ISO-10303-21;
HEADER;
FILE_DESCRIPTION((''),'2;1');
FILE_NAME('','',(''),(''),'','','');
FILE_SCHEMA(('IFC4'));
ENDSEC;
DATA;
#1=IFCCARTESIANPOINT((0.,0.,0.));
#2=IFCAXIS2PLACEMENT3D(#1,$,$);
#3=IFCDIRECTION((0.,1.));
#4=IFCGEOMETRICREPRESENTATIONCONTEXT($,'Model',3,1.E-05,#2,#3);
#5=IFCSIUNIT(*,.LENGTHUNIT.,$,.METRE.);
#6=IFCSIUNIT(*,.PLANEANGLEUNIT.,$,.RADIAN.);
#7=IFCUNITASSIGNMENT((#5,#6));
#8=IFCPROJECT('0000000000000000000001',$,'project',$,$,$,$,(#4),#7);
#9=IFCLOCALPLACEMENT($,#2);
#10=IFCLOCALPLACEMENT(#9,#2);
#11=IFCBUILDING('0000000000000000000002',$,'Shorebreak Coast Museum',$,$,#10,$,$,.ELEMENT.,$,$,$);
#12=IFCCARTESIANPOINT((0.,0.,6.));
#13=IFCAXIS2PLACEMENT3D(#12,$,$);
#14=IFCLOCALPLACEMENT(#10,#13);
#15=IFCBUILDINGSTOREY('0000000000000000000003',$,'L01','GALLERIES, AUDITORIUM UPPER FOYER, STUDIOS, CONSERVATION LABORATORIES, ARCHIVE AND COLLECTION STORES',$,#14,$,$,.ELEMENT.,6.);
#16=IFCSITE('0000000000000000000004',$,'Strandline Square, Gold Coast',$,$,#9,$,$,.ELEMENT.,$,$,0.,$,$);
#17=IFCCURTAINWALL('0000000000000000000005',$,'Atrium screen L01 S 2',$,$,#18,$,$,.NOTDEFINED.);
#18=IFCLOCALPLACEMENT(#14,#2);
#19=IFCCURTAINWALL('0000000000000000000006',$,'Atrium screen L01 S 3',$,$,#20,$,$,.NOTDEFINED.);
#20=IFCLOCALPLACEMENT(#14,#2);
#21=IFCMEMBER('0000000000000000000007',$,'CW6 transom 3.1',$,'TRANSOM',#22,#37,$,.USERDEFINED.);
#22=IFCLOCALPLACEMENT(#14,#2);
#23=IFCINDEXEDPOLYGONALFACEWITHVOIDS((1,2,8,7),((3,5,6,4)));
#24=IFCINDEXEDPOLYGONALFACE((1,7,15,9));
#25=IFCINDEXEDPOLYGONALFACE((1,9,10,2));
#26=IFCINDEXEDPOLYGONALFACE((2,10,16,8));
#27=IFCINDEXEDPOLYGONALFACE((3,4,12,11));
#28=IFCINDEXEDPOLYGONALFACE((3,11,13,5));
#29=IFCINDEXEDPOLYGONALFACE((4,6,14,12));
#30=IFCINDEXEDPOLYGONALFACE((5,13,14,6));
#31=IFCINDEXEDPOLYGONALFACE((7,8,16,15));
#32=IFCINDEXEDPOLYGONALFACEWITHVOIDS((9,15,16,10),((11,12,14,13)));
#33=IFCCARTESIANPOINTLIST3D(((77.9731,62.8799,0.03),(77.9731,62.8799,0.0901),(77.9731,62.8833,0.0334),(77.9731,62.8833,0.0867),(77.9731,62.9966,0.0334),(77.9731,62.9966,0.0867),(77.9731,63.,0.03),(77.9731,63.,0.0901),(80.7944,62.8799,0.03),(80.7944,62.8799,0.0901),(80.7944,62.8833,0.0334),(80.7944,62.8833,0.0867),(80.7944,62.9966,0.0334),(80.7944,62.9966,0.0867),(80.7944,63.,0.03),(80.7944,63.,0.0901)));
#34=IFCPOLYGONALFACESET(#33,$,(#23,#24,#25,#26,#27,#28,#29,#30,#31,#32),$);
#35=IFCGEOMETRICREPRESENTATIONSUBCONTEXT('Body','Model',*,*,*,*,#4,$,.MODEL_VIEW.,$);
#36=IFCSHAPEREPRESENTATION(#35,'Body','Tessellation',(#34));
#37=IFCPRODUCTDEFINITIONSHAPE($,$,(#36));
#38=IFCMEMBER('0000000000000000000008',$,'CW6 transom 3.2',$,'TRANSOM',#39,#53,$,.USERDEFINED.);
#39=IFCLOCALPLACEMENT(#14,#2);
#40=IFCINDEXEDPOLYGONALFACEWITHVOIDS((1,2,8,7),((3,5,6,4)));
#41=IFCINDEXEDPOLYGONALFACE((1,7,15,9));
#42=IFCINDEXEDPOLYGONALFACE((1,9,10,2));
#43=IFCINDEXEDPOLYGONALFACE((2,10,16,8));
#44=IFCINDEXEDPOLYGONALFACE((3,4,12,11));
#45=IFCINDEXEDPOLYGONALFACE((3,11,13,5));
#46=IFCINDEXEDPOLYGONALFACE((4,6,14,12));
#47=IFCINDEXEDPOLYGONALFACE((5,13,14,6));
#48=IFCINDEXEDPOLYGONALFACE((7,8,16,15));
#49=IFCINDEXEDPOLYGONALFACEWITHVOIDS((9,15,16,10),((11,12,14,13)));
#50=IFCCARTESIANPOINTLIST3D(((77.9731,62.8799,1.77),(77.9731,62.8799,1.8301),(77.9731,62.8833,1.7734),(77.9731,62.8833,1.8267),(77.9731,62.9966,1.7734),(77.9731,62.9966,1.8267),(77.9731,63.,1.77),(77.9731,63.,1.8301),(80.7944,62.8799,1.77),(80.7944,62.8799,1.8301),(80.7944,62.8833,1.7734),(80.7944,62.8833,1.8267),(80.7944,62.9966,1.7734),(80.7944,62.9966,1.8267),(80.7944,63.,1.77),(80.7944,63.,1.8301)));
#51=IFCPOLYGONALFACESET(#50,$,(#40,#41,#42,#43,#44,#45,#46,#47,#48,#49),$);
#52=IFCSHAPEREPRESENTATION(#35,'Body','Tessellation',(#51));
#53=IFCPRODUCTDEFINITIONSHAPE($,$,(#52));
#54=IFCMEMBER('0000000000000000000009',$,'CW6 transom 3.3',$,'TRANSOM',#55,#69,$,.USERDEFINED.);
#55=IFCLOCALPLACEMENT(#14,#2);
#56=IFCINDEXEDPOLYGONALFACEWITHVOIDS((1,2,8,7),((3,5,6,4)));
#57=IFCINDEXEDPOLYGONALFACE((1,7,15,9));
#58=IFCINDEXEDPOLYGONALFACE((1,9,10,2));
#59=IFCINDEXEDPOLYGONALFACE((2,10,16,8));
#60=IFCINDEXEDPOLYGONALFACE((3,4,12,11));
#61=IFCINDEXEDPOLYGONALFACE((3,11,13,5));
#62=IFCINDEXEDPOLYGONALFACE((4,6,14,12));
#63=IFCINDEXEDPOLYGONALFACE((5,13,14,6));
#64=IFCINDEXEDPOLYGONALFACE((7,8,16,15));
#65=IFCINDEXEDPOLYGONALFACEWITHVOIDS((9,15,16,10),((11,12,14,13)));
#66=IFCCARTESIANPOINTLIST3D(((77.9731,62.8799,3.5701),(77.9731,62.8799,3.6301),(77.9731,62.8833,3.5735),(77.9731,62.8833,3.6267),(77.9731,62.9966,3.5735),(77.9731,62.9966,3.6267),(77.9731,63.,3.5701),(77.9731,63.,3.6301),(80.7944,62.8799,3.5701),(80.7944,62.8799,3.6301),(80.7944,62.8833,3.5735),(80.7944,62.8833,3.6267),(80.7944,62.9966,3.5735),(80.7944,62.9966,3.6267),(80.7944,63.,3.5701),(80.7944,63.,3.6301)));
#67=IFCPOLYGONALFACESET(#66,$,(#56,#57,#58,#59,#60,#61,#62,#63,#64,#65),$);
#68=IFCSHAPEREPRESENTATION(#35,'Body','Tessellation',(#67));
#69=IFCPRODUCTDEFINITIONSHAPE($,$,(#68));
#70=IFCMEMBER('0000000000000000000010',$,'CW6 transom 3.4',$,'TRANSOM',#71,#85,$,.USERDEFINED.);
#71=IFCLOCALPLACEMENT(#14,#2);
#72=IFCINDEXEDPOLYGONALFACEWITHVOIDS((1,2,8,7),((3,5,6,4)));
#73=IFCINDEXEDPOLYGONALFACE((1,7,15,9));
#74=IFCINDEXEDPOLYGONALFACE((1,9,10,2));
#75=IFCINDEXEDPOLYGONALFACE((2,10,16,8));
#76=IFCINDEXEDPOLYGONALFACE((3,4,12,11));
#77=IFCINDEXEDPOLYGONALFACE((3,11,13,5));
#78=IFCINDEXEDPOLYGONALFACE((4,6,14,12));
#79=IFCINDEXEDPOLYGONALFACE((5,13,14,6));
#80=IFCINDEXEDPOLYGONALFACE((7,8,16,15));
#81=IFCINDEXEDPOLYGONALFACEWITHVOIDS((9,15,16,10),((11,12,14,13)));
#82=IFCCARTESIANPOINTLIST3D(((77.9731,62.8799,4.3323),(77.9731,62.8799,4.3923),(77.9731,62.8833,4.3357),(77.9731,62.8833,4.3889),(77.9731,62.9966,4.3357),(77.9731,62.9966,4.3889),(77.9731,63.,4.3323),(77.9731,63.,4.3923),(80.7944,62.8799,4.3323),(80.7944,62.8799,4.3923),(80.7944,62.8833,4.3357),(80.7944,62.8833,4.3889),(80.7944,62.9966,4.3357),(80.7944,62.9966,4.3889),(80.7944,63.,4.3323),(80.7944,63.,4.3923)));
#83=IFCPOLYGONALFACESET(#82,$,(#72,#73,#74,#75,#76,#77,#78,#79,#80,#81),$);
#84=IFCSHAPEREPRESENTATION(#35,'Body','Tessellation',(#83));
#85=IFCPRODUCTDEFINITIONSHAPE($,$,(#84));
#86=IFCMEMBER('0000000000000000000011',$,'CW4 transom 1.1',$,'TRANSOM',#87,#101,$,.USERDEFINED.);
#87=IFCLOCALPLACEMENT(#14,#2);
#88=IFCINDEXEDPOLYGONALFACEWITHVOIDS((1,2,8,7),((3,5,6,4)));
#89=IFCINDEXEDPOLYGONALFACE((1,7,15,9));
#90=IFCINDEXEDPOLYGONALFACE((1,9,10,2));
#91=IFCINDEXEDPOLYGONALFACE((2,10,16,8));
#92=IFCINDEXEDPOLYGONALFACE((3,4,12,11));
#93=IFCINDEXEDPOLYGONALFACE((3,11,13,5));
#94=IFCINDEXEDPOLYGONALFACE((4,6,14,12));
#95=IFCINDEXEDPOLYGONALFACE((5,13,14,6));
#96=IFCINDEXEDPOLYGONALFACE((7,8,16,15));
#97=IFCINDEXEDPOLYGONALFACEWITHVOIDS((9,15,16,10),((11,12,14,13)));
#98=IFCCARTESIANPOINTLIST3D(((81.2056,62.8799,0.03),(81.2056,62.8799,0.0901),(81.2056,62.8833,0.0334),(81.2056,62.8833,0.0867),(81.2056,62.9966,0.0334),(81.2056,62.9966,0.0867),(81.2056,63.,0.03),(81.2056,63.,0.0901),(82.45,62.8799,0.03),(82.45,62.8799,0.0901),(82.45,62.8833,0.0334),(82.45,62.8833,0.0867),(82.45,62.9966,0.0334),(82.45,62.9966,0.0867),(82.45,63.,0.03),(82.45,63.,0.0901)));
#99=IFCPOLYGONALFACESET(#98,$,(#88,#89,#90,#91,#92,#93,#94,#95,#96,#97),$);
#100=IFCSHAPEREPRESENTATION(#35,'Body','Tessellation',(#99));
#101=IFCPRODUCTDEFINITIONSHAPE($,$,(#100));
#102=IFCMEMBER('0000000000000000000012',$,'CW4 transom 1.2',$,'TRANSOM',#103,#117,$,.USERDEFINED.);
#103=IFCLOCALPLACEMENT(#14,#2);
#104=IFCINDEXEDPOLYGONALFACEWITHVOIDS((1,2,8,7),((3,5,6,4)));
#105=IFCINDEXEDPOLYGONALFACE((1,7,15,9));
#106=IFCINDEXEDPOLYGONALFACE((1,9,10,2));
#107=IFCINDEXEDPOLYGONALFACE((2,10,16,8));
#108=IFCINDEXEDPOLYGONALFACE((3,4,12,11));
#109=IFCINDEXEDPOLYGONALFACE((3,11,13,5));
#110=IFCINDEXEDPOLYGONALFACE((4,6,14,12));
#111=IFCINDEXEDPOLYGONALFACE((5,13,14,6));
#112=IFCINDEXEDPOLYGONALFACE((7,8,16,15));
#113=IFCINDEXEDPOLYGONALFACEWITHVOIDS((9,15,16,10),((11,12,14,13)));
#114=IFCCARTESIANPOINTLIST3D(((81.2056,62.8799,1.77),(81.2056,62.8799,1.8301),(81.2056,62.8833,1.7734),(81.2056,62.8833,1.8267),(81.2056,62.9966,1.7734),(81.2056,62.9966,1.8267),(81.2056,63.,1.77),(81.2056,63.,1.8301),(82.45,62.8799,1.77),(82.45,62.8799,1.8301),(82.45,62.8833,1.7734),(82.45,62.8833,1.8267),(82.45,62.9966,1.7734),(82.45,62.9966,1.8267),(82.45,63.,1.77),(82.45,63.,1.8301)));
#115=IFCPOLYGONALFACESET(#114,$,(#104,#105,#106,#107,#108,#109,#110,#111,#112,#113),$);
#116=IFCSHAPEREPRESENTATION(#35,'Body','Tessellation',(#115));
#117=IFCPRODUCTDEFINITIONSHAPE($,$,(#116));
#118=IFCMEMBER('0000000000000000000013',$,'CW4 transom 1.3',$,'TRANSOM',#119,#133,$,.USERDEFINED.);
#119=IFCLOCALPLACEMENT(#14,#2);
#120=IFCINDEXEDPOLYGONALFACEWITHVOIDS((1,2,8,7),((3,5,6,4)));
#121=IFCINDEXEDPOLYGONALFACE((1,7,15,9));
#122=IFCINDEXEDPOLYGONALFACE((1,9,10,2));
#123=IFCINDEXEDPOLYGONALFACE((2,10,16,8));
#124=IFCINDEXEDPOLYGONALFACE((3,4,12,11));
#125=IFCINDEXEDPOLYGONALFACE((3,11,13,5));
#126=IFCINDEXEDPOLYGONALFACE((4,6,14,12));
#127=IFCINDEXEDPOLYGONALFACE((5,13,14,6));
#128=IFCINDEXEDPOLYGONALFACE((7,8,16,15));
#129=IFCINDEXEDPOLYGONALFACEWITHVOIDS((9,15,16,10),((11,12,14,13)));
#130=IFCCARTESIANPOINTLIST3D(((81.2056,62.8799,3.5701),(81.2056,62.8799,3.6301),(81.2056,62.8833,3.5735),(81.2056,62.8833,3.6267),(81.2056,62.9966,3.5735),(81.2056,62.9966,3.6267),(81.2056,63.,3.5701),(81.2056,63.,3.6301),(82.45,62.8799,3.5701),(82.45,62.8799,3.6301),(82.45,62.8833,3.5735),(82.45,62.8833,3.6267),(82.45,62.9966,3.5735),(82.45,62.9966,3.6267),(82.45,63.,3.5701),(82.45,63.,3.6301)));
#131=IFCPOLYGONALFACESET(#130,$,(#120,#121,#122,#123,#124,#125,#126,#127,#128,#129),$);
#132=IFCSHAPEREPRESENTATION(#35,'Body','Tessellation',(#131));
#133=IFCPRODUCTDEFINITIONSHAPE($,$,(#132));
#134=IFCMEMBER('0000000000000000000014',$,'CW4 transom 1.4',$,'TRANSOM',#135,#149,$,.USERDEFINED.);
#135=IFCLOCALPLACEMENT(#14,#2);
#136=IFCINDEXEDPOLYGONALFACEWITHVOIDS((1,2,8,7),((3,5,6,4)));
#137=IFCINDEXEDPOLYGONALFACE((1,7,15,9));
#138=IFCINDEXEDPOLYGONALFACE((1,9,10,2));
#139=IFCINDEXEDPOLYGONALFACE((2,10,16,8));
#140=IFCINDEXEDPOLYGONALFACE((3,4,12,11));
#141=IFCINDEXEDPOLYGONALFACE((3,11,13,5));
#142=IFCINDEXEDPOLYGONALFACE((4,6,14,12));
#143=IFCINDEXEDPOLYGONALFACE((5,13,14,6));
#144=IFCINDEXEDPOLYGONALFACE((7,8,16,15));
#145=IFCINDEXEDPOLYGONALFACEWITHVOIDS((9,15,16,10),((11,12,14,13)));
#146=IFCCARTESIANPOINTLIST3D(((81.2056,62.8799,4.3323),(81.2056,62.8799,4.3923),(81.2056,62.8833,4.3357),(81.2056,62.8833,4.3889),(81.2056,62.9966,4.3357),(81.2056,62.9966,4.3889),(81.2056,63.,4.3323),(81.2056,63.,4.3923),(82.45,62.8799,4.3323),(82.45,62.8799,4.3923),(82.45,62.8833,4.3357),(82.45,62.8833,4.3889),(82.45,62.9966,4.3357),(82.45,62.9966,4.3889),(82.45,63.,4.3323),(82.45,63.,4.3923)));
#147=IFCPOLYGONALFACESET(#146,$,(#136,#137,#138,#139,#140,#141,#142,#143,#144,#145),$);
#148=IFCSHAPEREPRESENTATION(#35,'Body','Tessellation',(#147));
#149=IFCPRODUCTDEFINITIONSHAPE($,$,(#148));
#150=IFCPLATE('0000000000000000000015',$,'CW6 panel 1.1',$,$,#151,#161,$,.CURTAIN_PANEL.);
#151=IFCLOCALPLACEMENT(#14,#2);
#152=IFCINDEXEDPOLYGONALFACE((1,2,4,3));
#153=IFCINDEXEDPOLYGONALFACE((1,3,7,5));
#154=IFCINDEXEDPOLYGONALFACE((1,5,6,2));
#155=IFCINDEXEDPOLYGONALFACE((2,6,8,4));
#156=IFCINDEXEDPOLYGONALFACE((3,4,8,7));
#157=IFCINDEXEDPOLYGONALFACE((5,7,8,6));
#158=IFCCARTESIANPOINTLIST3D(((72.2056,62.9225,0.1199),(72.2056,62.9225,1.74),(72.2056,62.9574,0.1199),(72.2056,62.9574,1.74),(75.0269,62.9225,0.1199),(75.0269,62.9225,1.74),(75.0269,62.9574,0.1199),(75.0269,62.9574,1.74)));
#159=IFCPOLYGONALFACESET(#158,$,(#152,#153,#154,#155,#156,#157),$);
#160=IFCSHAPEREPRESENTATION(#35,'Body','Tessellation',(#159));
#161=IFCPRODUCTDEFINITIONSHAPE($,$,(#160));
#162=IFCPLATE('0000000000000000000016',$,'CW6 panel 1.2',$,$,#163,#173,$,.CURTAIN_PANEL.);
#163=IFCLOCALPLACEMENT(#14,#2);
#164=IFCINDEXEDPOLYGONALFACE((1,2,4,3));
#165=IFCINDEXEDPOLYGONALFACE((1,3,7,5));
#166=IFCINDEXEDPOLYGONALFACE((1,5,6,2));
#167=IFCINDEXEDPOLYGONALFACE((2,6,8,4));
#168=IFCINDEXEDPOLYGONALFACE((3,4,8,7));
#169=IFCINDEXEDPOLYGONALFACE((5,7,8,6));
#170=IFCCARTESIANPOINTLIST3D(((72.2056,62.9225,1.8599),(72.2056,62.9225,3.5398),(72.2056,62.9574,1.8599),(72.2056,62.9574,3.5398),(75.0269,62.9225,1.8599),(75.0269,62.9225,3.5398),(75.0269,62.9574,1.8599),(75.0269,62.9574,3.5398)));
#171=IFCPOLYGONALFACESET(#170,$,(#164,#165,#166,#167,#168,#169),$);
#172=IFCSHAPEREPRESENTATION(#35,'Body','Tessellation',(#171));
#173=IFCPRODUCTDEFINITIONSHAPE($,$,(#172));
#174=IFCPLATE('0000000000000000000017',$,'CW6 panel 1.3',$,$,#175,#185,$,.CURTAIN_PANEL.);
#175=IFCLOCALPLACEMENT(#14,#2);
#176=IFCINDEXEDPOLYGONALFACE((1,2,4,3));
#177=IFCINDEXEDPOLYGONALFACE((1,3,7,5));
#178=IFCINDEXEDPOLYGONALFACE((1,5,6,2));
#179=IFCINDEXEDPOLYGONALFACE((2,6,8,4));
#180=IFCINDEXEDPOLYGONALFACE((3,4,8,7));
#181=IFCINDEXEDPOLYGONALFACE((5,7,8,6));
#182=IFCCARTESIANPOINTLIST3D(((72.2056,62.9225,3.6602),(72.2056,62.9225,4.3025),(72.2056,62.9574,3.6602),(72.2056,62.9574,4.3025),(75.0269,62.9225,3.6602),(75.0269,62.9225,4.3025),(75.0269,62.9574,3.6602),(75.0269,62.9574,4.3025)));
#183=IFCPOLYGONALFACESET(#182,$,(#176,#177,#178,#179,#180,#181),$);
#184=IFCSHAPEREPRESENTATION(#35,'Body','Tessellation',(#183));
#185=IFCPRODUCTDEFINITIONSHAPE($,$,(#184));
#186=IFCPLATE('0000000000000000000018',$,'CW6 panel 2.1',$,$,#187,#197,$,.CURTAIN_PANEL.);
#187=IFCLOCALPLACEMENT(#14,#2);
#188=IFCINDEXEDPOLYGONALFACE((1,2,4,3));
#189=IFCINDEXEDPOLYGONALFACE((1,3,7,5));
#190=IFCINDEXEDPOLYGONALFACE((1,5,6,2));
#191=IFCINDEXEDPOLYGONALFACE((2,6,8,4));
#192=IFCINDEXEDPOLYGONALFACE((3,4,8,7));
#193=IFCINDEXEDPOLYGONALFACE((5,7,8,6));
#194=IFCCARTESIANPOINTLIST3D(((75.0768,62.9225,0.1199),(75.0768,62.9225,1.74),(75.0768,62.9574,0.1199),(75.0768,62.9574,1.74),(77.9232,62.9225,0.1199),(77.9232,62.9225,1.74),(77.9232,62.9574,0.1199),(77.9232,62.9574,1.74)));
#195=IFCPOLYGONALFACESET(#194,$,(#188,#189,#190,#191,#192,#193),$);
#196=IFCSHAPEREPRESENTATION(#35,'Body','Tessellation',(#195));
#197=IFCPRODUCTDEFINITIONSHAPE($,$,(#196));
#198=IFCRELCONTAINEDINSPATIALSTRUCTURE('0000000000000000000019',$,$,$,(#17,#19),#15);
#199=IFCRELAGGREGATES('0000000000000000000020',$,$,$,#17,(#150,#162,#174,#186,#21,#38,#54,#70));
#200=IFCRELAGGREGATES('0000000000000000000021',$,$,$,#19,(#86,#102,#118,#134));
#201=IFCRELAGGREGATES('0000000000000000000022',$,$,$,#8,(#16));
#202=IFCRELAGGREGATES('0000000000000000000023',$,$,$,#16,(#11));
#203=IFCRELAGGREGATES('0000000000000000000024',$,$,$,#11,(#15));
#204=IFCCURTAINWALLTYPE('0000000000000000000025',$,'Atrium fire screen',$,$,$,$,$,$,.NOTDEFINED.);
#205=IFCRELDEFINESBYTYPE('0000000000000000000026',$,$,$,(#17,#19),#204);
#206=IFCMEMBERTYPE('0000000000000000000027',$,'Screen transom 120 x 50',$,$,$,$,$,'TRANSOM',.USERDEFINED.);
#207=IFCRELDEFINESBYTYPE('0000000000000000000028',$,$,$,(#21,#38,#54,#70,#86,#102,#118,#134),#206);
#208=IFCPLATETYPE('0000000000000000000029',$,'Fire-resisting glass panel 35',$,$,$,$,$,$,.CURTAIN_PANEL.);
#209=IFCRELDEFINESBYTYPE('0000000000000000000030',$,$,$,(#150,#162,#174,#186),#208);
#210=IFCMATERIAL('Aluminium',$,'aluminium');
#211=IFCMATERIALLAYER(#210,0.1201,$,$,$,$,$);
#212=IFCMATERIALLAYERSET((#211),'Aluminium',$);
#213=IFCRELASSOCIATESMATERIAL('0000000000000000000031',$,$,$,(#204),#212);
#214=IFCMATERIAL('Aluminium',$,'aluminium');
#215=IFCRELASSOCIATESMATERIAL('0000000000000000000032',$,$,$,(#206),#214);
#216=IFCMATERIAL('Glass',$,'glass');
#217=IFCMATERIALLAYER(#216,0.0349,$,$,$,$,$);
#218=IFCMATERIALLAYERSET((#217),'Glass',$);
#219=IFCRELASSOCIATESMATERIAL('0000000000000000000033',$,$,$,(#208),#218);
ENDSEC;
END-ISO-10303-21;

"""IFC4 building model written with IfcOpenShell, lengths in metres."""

from ifc_helpers import new_model, si_unit, direction, frame, origin, origin_2d, place, context, subcontext, project, spatial, rectangle, hollow_rectangle, extrude, material, layer, layer_set, material_profile, profile_set, type_object, element, aggregate, save


model = new_model("IFC4")

# Units and contexts
model_context = context("Model", 3, precision=1e-05, world=origin(), true_north=direction((0.0, 1.0)))
body_context = subcontext(model_context, "Body", "Model", "MODEL_VIEW")
ifc_project = project(units=[si_unit("LENGTHUNIT", "METRE"), si_unit("PLANEANGLEUNIT", "RADIAN")], contexts=[model_context])

# Site, building, storey
site_placement = place(None, origin())
site = spatial("IfcSite", under=ifc_project, at=site_placement, Name="Strandline Square, Gold Coast", CompositionType="ELEMENT", RefElevation=0.0)
building_placement = place(site_placement, origin())
building = spatial("IfcBuilding", under=site, at=building_placement, Name="Shorebreak Coast Museum", CompositionType="ELEMENT")
storey_placement = place(building_placement, frame((0.0, 0.0, 6.0)))
storey = spatial("IfcBuildingStorey", under=building, at=storey_placement, Name="L01", Description="GALLERIES, AUDITORIUM UPPER FOYER, STUDIOS, CONSERVATION LABORATORIES, ARCHIVE AND COLLECTION STORES", CompositionType="ELEMENT", Elevation=6.0)

# Curtain walls
ifc_material_1 = material(Name="Aluminium", Category="aluminium")
ifc_layer_1 = layer(ifc_material_1, 0.1201)
ifc_layer_set_1 = layer_set([ifc_layer_1], Name="Aluminium")
curtain_wall_type = type_object("IfcCurtainWallType", Name="Atrium fire screen", PredefinedType="NOTDEFINED", material=ifc_layer_set_1)
curtain_wall_1_placement = place(storey_placement, origin())
curtain_wall_1 = element("IfcCurtainWall", 1, at=curtain_wall_1_placement, inside=storey, type_object=curtain_wall_type, Name="Atrium screen L01 S 2", PredefinedType="NOTDEFINED")
curtain_wall_2_placement = place(storey_placement, origin())
curtain_wall_2 = element("IfcCurtainWall", 2, at=curtain_wall_2_placement, inside=storey, type_object=curtain_wall_type, Name="Atrium screen L01 S 3", PredefinedType="NOTDEFINED")

# Members
ifc_material_2 = material(Name="Aluminium", Category="aluminium")
ifc_material_profile_1 = material_profile(ifc_material_2, hollow_rectangle(XDim=0.1201, YDim=0.0601, WallThickness=0.0034, at=origin_2d()), Name="AL 60x120 RHS")
ifc_profile_set_1 = profile_set([ifc_material_profile_1], Name="Aluminium")
member_type_1 = type_object("IfcMemberType", Name="Screen transom 120 x 50", ElementType="TRANSOM", PredefinedType="USERDEFINED", material=ifc_profile_set_1)
member_1_placement = place(storey_placement, frame((77.9731, 62.9399, 0.0601), z_axis=(1.0, 0.0, 0.0), x_axis=(0.0, 1.0, 0.0)))
member_1 = element("IfcMember", 3, at=member_1_placement, type_object=member_type_1, Name="CW6 transom 3.1", ObjectType="TRANSOM", PredefinedType="USERDEFINED", context=body_context, shape_type="SweptSolid", body=[
    extrude(hollow_rectangle(XDim=0.1201, YDim=0.0601, WallThickness=0.0034, at=origin_2d()), origin(), (0.0, 0.0, 1.0), 2.8213),
])
member_2_placement = place(storey_placement, frame((77.9731, 62.9399, 1.8), z_axis=(1.0, 0.0, 0.0), x_axis=(0.0, 1.0, 0.0)))
member_2 = element("IfcMember", 4, at=member_2_placement, type_object=member_type_1, Name="CW6 transom 3.2", ObjectType="TRANSOM", PredefinedType="USERDEFINED", context=body_context, shape_type="SweptSolid", body=[
    extrude(hollow_rectangle(XDim=0.1201, YDim=0.0601, WallThickness=0.0034, at=origin_2d()), origin(), (0.0, 0.0, 1.0), 2.8213),
])
member_3_placement = place(storey_placement, frame((77.9731, 62.9399, 3.6001), z_axis=(1.0, 0.0, 0.0), x_axis=(0.0, 1.0, 0.0)))
member_3 = element("IfcMember", 5, at=member_3_placement, type_object=member_type_1, Name="CW6 transom 3.3", ObjectType="TRANSOM", PredefinedType="USERDEFINED", context=body_context, shape_type="SweptSolid", body=[
    extrude(hollow_rectangle(XDim=0.1201, YDim=0.0601, WallThickness=0.0034, at=origin_2d()), origin(), (0.0, 0.0, 1.0), 2.8213),
])
member_4_placement = place(storey_placement, frame((77.9731, 62.9399, 4.3623), z_axis=(1.0, 0.0, 0.0), x_axis=(0.0, 1.0, 0.0)))
member_4 = element("IfcMember", 6, at=member_4_placement, type_object=member_type_1, Name="CW6 transom 3.4", ObjectType="TRANSOM", PredefinedType="USERDEFINED", context=body_context, shape_type="SweptSolid", body=[
    extrude(hollow_rectangle(XDim=0.1201, YDim=0.0601, WallThickness=0.0034, at=origin_2d()), origin(), (0.0, 0.0, 1.0), 2.8213),
])
member_5_placement = place(storey_placement, frame((81.2056, 62.9399, 0.0601), z_axis=(1.0, 0.0, 0.0), x_axis=(0.0, 1.0, 0.0)))
member_5 = element("IfcMember", 7, at=member_5_placement, type_object=member_type_1, Name="CW4 transom 1.1", ObjectType="TRANSOM", PredefinedType="USERDEFINED", context=body_context, shape_type="SweptSolid", body=[
    extrude(hollow_rectangle(XDim=0.1201, YDim=0.0601, WallThickness=0.0034, at=origin_2d()), origin(), (0.0, 0.0, 1.0), 1.2444),
])
member_6_placement = place(storey_placement, frame((81.2056, 62.9399, 1.8), z_axis=(1.0, 0.0, 0.0), x_axis=(0.0, 1.0, 0.0)))
member_6 = element("IfcMember", 8, at=member_6_placement, type_object=member_type_1, Name="CW4 transom 1.2", ObjectType="TRANSOM", PredefinedType="USERDEFINED", context=body_context, shape_type="SweptSolid", body=[
    extrude(hollow_rectangle(XDim=0.1201, YDim=0.0601, WallThickness=0.0034, at=origin_2d()), origin(), (0.0, 0.0, 1.0), 1.2444),
])
member_7_placement = place(storey_placement, frame((81.2056, 62.9399, 3.6001), z_axis=(1.0, 0.0, 0.0), x_axis=(0.0, 1.0, 0.0)))
member_7 = element("IfcMember", 9, at=member_7_placement, type_object=member_type_1, Name="CW4 transom 1.3", ObjectType="TRANSOM", PredefinedType="USERDEFINED", context=body_context, shape_type="SweptSolid", body=[
    extrude(hollow_rectangle(XDim=0.1201, YDim=0.0601, WallThickness=0.0034, at=origin_2d()), origin(), (0.0, 0.0, 1.0), 1.2444),
])
member_8_placement = place(storey_placement, frame((81.2056, 62.9399, 4.3623), z_axis=(1.0, 0.0, 0.0), x_axis=(0.0, 1.0, 0.0)))
member_8 = element("IfcMember", 10, at=member_8_placement, type_object=member_type_1, Name="CW4 transom 1.4", ObjectType="TRANSOM", PredefinedType="USERDEFINED", context=body_context, shape_type="SweptSolid", body=[
    extrude(hollow_rectangle(XDim=0.1201, YDim=0.0601, WallThickness=0.0034, at=origin_2d()), origin(), (0.0, 0.0, 1.0), 1.2444),
])

# Plates
ifc_material_3 = material(Name="Glass", Category="glass")
ifc_layer_2 = layer(ifc_material_3, 0.0349)
ifc_layer_set_2 = layer_set([ifc_layer_2], Name="Glass")
plate_type = type_object("IfcPlateType", Name="Fire-resisting glass panel 35", PredefinedType="CURTAIN_PANEL", material=ifc_layer_set_2)
plate_1_placement = place(storey_placement, frame((73.6162, 62.9399, 0.1199), z_axis=(0.0, 0.0, 1.0), x_axis=(1.0, 0.0, 0.0)))
plate_1 = element("IfcPlate", 11, at=plate_1_placement, type_object=plate_type, Name="CW6 panel 1.1", PredefinedType="CURTAIN_PANEL", context=body_context, shape_type="SweptSolid", body=[
    extrude(rectangle(XDim=2.8213, YDim=0.0349, at=origin_2d()), origin(), (0.0, 0.0, 1.0), 1.6201),
])
plate_2_placement = place(storey_placement, frame((73.6162, 62.9399, 1.8599), z_axis=(0.0, 0.0, 1.0), x_axis=(1.0, 0.0, 0.0)))
plate_2 = element("IfcPlate", 12, at=plate_2_placement, type_object=plate_type, Name="CW6 panel 1.2", PredefinedType="CURTAIN_PANEL", context=body_context, shape_type="SweptSolid", body=[
    extrude(rectangle(XDim=2.8213, YDim=0.0349, at=origin_2d()), origin(), (0.0, 0.0, 1.0), 1.6799),
])
plate_3_placement = place(storey_placement, frame((73.6162, 62.9399, 3.6602), z_axis=(0.0, 0.0, 1.0), x_axis=(1.0, 0.0, 0.0)))
plate_3 = element("IfcPlate", 13, at=plate_3_placement, type_object=plate_type, Name="CW6 panel 1.3", PredefinedType="CURTAIN_PANEL", context=body_context, shape_type="SweptSolid", body=[
    extrude(rectangle(XDim=2.8213, YDim=0.0349, at=origin_2d()), origin(), (0.0, 0.0, 1.0), 0.6423),
])
plate_4_placement = place(storey_placement, frame((76.5, 62.9399, 0.1199), z_axis=(0.0, 0.0, 1.0), x_axis=(1.0, 0.0, 0.0)))
plate_4 = element("IfcPlate", 14, at=plate_4_placement, type_object=plate_type, Name="CW6 panel 2.1", PredefinedType="CURTAIN_PANEL", context=body_context, shape_type="SweptSolid", body=[
    extrude(rectangle(XDim=2.8464, YDim=0.0349, at=origin_2d()), origin(), (0.0, 0.0, 1.0), 1.6201),
])
aggregate(curtain_wall_1, [plate_1, plate_2, plate_3, plate_4, member_1, member_2, member_3, member_4])
aggregate(curtain_wall_2, [member_5, member_6, member_7, member_8])

save(model, "model.ifc")
